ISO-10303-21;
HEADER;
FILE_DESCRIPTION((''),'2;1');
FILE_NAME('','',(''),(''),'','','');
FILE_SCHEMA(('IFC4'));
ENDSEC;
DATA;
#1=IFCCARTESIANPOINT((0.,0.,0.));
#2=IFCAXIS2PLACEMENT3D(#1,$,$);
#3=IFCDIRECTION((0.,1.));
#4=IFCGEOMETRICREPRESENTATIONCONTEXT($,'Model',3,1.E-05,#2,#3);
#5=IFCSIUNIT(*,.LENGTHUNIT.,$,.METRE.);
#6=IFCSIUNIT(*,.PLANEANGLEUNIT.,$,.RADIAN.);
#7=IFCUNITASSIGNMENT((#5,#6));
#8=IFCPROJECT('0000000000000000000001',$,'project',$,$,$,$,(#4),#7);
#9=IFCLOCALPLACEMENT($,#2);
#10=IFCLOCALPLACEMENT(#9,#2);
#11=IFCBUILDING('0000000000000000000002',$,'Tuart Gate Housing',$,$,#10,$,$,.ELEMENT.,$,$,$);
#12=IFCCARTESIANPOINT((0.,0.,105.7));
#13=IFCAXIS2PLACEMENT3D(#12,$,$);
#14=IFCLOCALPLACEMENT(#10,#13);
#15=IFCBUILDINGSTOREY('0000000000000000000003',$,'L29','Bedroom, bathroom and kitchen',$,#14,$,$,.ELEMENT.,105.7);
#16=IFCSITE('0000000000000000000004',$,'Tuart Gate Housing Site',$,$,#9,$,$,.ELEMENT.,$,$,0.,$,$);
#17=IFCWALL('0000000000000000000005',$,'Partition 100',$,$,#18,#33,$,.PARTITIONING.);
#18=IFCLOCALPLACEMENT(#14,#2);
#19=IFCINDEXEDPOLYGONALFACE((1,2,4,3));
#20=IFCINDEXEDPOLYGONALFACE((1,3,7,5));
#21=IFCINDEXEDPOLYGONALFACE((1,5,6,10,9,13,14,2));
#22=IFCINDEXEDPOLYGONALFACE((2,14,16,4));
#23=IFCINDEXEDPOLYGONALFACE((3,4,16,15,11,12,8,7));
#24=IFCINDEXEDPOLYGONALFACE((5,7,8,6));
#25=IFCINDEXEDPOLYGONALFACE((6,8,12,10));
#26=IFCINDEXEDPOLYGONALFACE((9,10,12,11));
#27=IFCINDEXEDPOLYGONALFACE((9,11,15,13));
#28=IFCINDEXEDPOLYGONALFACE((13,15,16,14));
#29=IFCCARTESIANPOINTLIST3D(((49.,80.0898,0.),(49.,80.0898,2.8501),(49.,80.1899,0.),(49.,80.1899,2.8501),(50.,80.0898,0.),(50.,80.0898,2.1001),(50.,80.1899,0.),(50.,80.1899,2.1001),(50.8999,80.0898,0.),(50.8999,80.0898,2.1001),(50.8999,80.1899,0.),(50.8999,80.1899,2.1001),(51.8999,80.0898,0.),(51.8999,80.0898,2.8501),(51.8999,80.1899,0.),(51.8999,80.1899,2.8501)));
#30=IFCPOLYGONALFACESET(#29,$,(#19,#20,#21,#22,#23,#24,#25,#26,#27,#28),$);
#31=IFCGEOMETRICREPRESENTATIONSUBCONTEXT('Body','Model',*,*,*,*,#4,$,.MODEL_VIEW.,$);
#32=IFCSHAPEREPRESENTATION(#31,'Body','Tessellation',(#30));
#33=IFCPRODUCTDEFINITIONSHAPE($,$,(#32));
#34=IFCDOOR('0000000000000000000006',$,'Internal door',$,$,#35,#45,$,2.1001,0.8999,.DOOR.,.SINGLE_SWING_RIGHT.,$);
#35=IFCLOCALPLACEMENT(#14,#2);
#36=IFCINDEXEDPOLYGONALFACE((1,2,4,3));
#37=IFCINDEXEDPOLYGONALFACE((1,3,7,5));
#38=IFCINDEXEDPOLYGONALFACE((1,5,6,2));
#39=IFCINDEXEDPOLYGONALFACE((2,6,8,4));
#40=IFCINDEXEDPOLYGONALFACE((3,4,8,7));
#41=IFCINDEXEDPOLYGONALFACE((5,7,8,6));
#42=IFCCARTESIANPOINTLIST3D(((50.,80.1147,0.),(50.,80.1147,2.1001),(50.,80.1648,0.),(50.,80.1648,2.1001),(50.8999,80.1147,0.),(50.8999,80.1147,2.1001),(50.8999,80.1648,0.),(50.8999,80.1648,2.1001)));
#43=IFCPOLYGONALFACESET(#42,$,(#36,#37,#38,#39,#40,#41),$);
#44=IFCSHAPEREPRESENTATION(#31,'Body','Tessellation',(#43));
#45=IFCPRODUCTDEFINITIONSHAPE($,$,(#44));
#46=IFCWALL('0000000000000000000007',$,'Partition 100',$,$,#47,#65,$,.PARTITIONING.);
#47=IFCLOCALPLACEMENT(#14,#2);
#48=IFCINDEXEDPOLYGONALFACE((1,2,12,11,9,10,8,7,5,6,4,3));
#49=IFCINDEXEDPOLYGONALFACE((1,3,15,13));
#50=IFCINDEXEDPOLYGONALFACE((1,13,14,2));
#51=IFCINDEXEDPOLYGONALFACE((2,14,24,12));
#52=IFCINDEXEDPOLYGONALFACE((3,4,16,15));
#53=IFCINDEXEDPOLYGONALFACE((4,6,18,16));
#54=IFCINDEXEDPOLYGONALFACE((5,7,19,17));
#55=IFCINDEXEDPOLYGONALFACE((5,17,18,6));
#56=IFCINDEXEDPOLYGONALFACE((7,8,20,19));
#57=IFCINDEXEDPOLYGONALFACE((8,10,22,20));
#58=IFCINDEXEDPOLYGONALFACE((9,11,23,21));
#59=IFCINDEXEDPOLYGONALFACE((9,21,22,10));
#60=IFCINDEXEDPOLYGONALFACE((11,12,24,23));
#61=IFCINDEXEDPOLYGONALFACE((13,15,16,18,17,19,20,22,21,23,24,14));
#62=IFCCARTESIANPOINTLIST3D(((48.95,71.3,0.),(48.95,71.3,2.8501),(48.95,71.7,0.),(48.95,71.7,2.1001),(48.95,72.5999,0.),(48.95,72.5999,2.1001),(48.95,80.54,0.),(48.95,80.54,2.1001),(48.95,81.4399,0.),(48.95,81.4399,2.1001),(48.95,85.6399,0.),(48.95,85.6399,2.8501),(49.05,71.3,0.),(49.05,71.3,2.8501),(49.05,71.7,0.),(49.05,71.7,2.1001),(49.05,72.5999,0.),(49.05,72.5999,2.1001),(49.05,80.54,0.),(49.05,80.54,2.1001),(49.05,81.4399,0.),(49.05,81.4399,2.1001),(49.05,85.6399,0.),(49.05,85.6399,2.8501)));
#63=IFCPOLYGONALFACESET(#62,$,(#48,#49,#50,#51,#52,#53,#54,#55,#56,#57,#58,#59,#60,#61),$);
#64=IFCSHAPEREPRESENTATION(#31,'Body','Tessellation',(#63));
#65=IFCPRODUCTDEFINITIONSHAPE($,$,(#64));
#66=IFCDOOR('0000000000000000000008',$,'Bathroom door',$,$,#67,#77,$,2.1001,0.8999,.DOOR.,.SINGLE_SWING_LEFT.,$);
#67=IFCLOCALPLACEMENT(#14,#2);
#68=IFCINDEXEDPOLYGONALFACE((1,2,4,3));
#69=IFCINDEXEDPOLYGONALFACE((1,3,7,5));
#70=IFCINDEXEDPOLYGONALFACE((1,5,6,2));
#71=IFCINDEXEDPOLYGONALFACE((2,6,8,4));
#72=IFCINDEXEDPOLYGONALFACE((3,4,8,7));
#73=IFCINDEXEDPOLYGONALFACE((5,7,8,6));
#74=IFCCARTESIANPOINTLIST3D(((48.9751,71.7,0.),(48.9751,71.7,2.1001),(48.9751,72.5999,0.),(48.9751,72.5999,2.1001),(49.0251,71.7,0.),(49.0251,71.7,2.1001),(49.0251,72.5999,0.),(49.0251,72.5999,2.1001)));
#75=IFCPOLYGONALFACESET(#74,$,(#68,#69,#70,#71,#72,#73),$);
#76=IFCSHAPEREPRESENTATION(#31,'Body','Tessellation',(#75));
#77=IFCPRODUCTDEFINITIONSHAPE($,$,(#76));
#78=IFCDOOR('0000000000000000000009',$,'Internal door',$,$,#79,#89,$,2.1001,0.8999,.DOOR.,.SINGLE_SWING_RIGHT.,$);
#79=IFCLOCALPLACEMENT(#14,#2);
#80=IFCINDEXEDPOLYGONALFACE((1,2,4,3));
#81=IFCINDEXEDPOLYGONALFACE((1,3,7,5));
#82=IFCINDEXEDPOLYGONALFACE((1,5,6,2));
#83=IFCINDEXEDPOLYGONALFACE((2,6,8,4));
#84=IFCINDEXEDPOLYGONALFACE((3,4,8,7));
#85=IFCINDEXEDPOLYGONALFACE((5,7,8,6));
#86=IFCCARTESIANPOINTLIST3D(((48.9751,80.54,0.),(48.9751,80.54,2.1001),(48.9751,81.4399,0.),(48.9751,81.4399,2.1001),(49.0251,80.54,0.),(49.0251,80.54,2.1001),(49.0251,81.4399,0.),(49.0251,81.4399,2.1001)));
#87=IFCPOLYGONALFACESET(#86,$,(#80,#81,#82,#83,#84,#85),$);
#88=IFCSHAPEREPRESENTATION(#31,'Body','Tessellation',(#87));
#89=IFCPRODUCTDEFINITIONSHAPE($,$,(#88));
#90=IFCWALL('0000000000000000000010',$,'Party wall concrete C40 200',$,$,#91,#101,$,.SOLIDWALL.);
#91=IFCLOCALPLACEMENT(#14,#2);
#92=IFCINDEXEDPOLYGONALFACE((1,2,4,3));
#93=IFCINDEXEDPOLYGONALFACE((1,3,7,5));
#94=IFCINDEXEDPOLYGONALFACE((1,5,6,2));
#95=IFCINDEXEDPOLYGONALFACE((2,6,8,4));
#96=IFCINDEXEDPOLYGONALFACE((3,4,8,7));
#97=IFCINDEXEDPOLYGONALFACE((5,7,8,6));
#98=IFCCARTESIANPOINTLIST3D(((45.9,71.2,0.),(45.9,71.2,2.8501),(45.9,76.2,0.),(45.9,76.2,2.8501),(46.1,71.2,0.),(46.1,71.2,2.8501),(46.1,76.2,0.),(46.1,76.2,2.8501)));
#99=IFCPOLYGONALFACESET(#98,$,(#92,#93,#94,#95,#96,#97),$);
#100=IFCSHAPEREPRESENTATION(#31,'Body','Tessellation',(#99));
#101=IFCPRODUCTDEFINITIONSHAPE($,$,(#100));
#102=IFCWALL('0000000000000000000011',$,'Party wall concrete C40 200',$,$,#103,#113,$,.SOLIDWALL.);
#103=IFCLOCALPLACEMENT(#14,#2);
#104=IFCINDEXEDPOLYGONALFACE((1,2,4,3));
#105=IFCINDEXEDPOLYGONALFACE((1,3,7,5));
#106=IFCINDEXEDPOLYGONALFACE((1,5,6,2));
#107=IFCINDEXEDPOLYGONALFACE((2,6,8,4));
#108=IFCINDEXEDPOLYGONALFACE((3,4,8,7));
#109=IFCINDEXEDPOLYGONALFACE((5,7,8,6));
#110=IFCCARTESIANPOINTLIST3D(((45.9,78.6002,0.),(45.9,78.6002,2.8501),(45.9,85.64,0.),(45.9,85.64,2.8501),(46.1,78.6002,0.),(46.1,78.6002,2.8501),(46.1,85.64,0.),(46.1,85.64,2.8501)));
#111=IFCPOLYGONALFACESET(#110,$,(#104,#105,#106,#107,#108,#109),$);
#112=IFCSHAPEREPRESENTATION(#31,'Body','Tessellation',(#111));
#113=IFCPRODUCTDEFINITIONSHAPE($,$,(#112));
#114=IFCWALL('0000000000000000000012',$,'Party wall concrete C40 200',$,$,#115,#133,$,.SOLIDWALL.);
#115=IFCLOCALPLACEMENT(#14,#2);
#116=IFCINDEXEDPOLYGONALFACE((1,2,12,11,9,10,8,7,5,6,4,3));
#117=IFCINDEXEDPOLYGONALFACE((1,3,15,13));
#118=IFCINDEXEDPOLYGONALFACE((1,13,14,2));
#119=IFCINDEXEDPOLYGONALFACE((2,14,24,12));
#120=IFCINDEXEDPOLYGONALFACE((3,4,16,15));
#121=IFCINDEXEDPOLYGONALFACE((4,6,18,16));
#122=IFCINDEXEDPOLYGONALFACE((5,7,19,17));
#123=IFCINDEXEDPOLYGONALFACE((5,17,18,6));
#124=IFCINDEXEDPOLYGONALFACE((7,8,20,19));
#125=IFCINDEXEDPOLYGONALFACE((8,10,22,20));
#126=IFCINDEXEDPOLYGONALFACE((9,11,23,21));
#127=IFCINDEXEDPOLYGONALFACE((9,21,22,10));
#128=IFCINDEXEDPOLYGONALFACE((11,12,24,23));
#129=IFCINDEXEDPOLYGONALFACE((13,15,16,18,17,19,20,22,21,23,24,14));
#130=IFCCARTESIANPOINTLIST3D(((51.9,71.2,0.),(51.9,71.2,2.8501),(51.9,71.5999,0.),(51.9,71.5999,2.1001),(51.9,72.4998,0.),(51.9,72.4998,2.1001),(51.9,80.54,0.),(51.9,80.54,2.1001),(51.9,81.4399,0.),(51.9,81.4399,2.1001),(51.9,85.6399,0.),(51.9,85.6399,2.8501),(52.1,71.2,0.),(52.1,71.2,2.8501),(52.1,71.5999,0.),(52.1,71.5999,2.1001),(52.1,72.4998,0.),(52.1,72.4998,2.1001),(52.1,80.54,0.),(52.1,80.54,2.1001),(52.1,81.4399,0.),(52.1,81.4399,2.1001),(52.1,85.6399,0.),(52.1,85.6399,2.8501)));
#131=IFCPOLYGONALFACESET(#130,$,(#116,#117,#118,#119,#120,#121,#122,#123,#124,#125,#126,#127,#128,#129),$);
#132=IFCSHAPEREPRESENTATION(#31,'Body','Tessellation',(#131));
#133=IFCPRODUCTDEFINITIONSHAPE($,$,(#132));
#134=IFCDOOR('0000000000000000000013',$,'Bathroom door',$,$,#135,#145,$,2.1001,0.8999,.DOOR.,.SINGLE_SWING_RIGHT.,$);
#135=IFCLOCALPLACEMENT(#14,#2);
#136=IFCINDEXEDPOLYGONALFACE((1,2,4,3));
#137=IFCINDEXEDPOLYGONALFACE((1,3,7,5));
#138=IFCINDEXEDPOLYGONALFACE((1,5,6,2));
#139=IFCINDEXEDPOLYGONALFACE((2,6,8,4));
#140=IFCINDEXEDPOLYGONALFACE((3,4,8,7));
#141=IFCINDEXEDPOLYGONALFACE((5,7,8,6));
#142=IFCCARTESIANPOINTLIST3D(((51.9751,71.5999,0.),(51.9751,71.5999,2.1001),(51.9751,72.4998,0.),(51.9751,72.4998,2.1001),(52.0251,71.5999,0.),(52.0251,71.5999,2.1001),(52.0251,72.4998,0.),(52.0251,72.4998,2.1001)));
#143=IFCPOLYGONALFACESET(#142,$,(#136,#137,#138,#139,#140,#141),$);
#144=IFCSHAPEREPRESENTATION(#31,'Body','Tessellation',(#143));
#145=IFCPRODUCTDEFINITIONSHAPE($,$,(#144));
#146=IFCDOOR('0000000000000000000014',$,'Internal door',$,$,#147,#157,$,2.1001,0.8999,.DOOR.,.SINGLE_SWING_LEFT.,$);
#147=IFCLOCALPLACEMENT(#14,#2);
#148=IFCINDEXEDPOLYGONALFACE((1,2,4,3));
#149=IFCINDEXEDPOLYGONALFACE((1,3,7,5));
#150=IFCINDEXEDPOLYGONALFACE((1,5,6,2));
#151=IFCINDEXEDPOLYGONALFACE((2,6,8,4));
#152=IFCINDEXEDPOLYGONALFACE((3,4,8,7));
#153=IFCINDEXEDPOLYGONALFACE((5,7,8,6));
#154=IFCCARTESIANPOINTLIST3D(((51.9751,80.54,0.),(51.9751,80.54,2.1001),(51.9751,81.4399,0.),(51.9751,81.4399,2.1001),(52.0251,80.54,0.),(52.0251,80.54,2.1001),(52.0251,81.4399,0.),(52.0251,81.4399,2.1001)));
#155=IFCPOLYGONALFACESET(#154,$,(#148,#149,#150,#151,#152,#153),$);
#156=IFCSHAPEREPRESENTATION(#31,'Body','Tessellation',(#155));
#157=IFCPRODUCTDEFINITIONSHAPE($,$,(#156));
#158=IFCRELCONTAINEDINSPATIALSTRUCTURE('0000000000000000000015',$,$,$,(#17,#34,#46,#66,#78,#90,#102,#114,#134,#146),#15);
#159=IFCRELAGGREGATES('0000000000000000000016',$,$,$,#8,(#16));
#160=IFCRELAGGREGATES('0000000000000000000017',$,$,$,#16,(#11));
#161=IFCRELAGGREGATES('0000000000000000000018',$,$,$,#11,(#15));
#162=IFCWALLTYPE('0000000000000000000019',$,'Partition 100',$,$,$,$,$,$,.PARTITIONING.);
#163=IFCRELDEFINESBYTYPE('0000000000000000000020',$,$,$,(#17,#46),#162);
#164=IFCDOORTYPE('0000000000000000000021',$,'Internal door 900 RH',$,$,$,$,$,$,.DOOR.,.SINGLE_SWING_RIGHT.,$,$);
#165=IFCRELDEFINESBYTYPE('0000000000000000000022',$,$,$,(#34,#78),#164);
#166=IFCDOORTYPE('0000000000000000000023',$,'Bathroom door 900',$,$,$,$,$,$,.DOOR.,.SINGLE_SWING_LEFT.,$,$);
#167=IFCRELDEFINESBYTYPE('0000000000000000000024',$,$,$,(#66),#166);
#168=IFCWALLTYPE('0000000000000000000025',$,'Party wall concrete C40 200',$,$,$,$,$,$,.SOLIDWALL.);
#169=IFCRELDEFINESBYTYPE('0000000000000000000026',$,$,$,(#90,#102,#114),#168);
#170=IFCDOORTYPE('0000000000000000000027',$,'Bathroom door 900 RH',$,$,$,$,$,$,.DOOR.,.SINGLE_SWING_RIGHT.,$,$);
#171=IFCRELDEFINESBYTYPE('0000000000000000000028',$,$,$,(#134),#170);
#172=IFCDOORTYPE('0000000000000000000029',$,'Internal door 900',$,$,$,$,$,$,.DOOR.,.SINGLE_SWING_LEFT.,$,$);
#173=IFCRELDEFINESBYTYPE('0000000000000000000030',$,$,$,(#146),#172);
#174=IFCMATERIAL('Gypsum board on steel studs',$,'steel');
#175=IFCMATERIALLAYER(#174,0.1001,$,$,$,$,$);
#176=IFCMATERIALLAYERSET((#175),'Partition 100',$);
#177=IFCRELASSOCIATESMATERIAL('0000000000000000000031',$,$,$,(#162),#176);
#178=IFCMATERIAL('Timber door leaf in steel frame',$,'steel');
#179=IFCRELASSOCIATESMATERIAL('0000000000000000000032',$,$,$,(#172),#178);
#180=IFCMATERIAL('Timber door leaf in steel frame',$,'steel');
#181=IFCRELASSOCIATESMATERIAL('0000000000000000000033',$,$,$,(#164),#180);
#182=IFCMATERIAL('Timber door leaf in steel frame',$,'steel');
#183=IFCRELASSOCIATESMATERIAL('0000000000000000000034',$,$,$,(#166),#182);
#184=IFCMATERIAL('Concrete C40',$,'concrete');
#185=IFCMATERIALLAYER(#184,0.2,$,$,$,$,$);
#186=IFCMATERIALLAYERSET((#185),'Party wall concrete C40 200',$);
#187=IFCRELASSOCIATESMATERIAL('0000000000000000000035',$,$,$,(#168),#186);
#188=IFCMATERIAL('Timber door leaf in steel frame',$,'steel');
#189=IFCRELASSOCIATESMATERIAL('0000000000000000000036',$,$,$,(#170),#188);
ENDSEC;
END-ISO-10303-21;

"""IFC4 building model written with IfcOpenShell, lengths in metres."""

from ifc_helpers import new_model, si_unit, direction, frame, frame_2d, origin, place, context, subcontext, project, spatial, rectangle, extrude, material, layer, layer_set, type_object, element, fill, save


model = new_model("IFC4")

# Units and contexts
model_context = context("Model", 3, precision=1e-05, world=origin(), true_north=direction((0.0, 1.0)))
body_context = subcontext(model_context, "Body", "Model", "MODEL_VIEW")
ifc_project = project(units=[si_unit("LENGTHUNIT", "METRE"), si_unit("PLANEANGLEUNIT", "RADIAN")], contexts=[model_context])

# Site, building, storey
site_placement = place(None, origin())
site = spatial("IfcSite", under=ifc_project, at=site_placement, Name="Tuart Gate Housing Site", CompositionType="ELEMENT", RefElevation=0.0)
building_placement = place(site_placement, origin())
building = spatial("IfcBuilding", under=site, at=building_placement, Name="Tuart Gate Housing", CompositionType="ELEMENT")
storey_placement = place(building_placement, frame((0.0, 0.0, 105.7)))
storey = spatial("IfcBuildingStorey", under=building, at=storey_placement, Name="L29", Description="Bedroom, bathroom and kitchen", CompositionType="ELEMENT", Elevation=105.7)

# Shared definitions
ifc_material_1 = material(Name="Gypsum board on steel studs", Category="steel")
ifc_layer_1 = layer(ifc_material_1, 0.1001)
ifc_layer_set_1 = layer_set([ifc_layer_1], Name="Partition 100")
wall_type_1 = type_object("IfcWallType", Name="Partition 100", PredefinedType="PARTITIONING", material=ifc_layer_set_1)

# Wall, opening, door
ifc_material_2 = material(Name="Timber door leaf in steel frame", Category="steel")
door_type_1 = type_object("IfcDoorType", Name="Internal door 900", OperationType="SINGLE_SWING_LEFT", PredefinedType="DOOR", material=ifc_material_2)
wall_1_placement = place(storey_placement, frame((49.0, 80.1399, 0.0), z_axis=(0.0, 0.0, 1.0), x_axis=(1.0, 0.0, 0.0)))
wall_1 = element("IfcWall", 1, at=wall_1_placement, inside=storey, type_object=wall_type_1, Name="Partition 100", PredefinedType="PARTITIONING", context=body_context, shape_type="SweptSolid", body=[
    extrude(rectangle(XDim=2.8999, YDim=0.1001, at=frame_2d((1.45, 0.0))), origin(), (0.0, 0.0, 1.0), 2.8501),
])
opening_1_placement = place(wall_1_placement, frame((1.0, 0.0, 0.0)))
opening_1 = element("IfcOpeningElement", 2, at=opening_1_placement, cuts=wall_1, PredefinedType="OPENING", context=body_context, shape_type="SweptSolid", body=[
    extrude(rectangle(XDim=0.8999, YDim=2.1001, at=frame_2d((0.45, 1.05))), frame((0.0, 0.0601, 0.0), z_axis=(0.0, -1.0, 0.0), x_axis=(1.0, 0.0, 0.0)), (0.0, 0.0, 1.0), 0.1201),
])
ifc_material_3 = material(Name="Timber door leaf in steel frame", Category="steel")
door_type_2 = type_object("IfcDoorType", Name="Internal door 900 RH", OperationType="SINGLE_SWING_RIGHT", PredefinedType="DOOR", material=ifc_material_3)
door_1_placement = place(opening_1_placement, frame((0.8999, 0.0, 0.0), z_axis=(0.0, 0.0, 1.0), x_axis=(-1.0, 0.0, 0.0)))
door_1 = element("IfcDoor", 3, at=door_1_placement, inside=storey, type_object=door_type_2, Name="Internal door", OperationType="SINGLE_SWING_RIGHT", OverallHeight=2.1001, OverallWidth=0.8999, PredefinedType="DOOR", context=body_context, shape_type="SweptSolid", body=[
    extrude(rectangle(XDim=0.8999, YDim=2.1001, at=frame_2d((0.45, 1.05))), frame((0.0, 0.0251, 0.0), z_axis=(0.0, -1.0, 0.0), x_axis=(1.0, 0.0, 0.0)), (0.0, 0.0, 1.0), 0.05),
])
fill(opening_1, door_1)

# Wall, openings, doors
wall_2_placement = place(storey_placement, frame((49.0, 71.3, 0.0), z_axis=(0.0, 0.0, 1.0), x_axis=(0.0, 1.0, 0.0)))
wall_2 = element("IfcWall", 4, at=wall_2_placement, inside=storey, type_object=wall_type_1, Name="Partition 100", PredefinedType="PARTITIONING", context=body_context, shape_type="SweptSolid", body=[
    extrude(rectangle(XDim=14.3398, YDim=0.1001, at=frame_2d((7.1699, 0.0))), origin(), (0.0, 0.0, 1.0), 2.8501),
])
opening_2_placement = place(wall_2_placement, frame((9.24, 0.0, 0.0)))
opening_2 = element("IfcOpeningElement", 5, at=opening_2_placement, cuts=wall_2, PredefinedType="OPENING", context=body_context, shape_type="SweptSolid", body=[
    extrude(rectangle(XDim=0.8999, YDim=2.1001, at=frame_2d((0.45, 1.05))), frame((0.0, 0.0601, 0.0), z_axis=(0.0, -1.0, 0.0), x_axis=(1.0, 0.0, 0.0)), (0.0, 0.0, 1.0), 0.1201),
])
opening_3_placement = place(wall_2_placement, frame((0.3999, 0.0, 0.0)))
opening_3 = element("IfcOpeningElement", 6, at=opening_3_placement, cuts=wall_2, PredefinedType="OPENING", context=body_context, shape_type="SweptSolid", body=[
    extrude(rectangle(XDim=0.8999, YDim=2.1001, at=frame_2d((0.45, 1.05))), frame((0.0, 0.0601, 0.0), z_axis=(0.0, -1.0, 0.0), x_axis=(1.0, 0.0, 0.0)), (0.0, 0.0, 1.0), 0.1201),
])
ifc_material_4 = material(Name="Timber door leaf in steel frame", Category="steel")
door_type_3 = type_object("IfcDoorType", Name="Bathroom door 900", OperationType="SINGLE_SWING_LEFT", PredefinedType="DOOR", material=ifc_material_4)
door_2_placement = place(opening_3_placement, origin())
door_2 = element("IfcDoor", 7, at=door_2_placement, inside=storey, type_object=door_type_3, Name="Bathroom door", OperationType="SINGLE_SWING_LEFT", OverallHeight=2.1001, OverallWidth=0.8999, PredefinedType="DOOR", context=body_context, shape_type="SweptSolid", body=[
    extrude(rectangle(XDim=0.8999, YDim=2.1001, at=frame_2d((0.45, 1.05))), frame((0.0, 0.0249, 0.0), z_axis=(0.0, -1.0, 0.0), x_axis=(1.0, 0.0, 0.0)), (0.0, 0.0, 1.0), 0.05),
])
fill(opening_3, door_2)
door_3_placement = place(opening_2_placement, origin())
door_3 = element("IfcDoor", 8, at=door_3_placement, inside=storey, type_object=door_type_2, Name="Internal door", OperationType="SINGLE_SWING_RIGHT", OverallHeight=2.1001, OverallWidth=0.8999, PredefinedType="DOOR", context=body_context, shape_type="SweptSolid", body=[
    extrude(rectangle(XDim=0.8999, YDim=2.1001, at=frame_2d((0.45, 1.05))), frame((0.0, 0.0249, 0.0), z_axis=(0.0, -1.0, 0.0), x_axis=(1.0, 0.0, 0.0)), (0.0, 0.0, 1.0), 0.05),
])
fill(opening_2, door_3)

# Walls
ifc_material_5 = material(Name="Concrete C40", Category="concrete")
ifc_layer_2 = layer(ifc_material_5, 0.2)
ifc_layer_set_2 = layer_set([ifc_layer_2], Name="Party wall concrete C40 200")
wall_type_2 = type_object("IfcWallType", Name="Party wall concrete C40 200", PredefinedType="SOLIDWALL", material=ifc_layer_set_2)
wall_3_placement = place(storey_placement, frame((46.0, 71.2, 0.0), z_axis=(0.0, 0.0, 1.0), x_axis=(0.0, 1.0, 0.0)))
element("IfcWall", 9, at=wall_3_placement, inside=storey, type_object=wall_type_2, Name="Party wall concrete C40 200", PredefinedType="SOLIDWALL", context=body_context, shape_type="SweptSolid", body=[
    extrude(rectangle(XDim=5.0, YDim=0.2, at=frame_2d((2.5, 0.0))), origin(), (0.0, 0.0, 1.0), 2.8501),
])
wall_4_placement = place(storey_placement, frame((46.0, 78.6001, 0.0), z_axis=(0.0, 0.0, 1.0), x_axis=(0.0, 1.0, 0.0)))
element("IfcWall", 10, at=wall_4_placement, inside=storey, type_object=wall_type_2, Name="Party wall concrete C40 200", PredefinedType="SOLIDWALL", context=body_context, shape_type="SweptSolid", body=[
    extrude(rectangle(XDim=7.0398, YDim=0.2, at=frame_2d((3.52, 0.0))), origin(), (0.0, 0.0, 1.0), 2.8501),
])

# Wall, openings, doors
wall_5_placement = place(storey_placement, frame((52.0, 71.2, 0.0), z_axis=(0.0, 0.0, 1.0), x_axis=(0.0, 1.0, 0.0)))
wall_5 = element("IfcWall", 11, at=wall_5_placement, inside=storey, type_object=wall_type_2, Name="Party wall concrete C40 200", PredefinedType="SOLIDWALL", context=body_context, shape_type="SweptSolid", body=[
    extrude(rectangle(XDim=14.4399, YDim=0.2, at=frame_2d((7.22, 0.0))), origin(), (0.0, 0.0, 1.0), 2.8501),
])
opening_4_placement = place(wall_5_placement, frame((9.3401, 0.0, 0.0)))
opening_4 = element("IfcOpeningElement", 12, at=opening_4_placement, cuts=wall_5, PredefinedType="OPENING", context=body_context, shape_type="SweptSolid", body=[
    extrude(rectangle(XDim=0.8999, YDim=2.1001, at=frame_2d((0.45, 1.05))), frame((0.0, 0.1099, 0.0), z_axis=(0.0, -1.0, 0.0), x_axis=(1.0, 0.0, 0.0)), (0.0, 0.0, 1.0), 0.22),
])
opening_5_placement = place(wall_5_placement, frame((0.3999, 0.0, 0.0)))
opening_5 = element("IfcOpeningElement", 13, at=opening_5_placement, cuts=wall_5, PredefinedType="OPENING", context=body_context, shape_type="SweptSolid", body=[
    extrude(rectangle(XDim=0.8999, YDim=2.1001, at=frame_2d((0.45, 1.05))), frame((0.0, 0.1099, 0.0), z_axis=(0.0, -1.0, 0.0), x_axis=(1.0, 0.0, 0.0)), (0.0, 0.0, 1.0), 0.22),
])
ifc_material_6 = material(Name="Timber door leaf in steel frame", Category="steel")
door_type_4 = type_object("IfcDoorType", Name="Bathroom door 900 RH", OperationType="SINGLE_SWING_RIGHT", PredefinedType="DOOR", material=ifc_material_6)
door_4_placement = place(opening_5_placement, frame((0.8999, 0.0, 0.0), z_axis=(0.0, 0.0, 1.0), x_axis=(-1.0, 0.0, 0.0)))
door_4 = element("IfcDoor", 14, at=door_4_placement, inside=storey, type_object=door_type_4, Name="Bathroom door", OperationType="SINGLE_SWING_RIGHT", OverallHeight=2.1001, OverallWidth=0.8999, PredefinedType="DOOR", context=body_context, shape_type="SweptSolid", body=[
    extrude(rectangle(XDim=0.8999, YDim=2.1001, at=frame_2d((0.45, 1.05))), frame((0.0, 0.0251, 0.0), z_axis=(0.0, -1.0, 0.0), x_axis=(1.0, 0.0, 0.0)), (0.0, 0.0, 1.0), 0.05),
])
fill(opening_5, door_4)
door_5_placement = place(opening_4_placement, frame((0.8999, 0.0, 0.0), z_axis=(0.0, 0.0, 1.0), x_axis=(-1.0, 0.0, 0.0)))
door_5 = element("IfcDoor", 15, at=door_5_placement, inside=storey, type_object=door_type_1, Name="Internal door", OperationType="SINGLE_SWING_LEFT", OverallHeight=2.1001, OverallWidth=0.8999, PredefinedType="DOOR", context=body_context, shape_type="SweptSolid", body=[
    extrude(rectangle(XDim=0.8999, YDim=2.1001, at=frame_2d((0.45, 1.05))), frame((0.0, 0.0251, 0.0), z_axis=(0.0, -1.0, 0.0), x_axis=(1.0, 0.0, 0.0)), (0.0, 0.0, 1.0), 0.05),
])
fill(opening_4, door_5)

save(model, "model.ifc")
